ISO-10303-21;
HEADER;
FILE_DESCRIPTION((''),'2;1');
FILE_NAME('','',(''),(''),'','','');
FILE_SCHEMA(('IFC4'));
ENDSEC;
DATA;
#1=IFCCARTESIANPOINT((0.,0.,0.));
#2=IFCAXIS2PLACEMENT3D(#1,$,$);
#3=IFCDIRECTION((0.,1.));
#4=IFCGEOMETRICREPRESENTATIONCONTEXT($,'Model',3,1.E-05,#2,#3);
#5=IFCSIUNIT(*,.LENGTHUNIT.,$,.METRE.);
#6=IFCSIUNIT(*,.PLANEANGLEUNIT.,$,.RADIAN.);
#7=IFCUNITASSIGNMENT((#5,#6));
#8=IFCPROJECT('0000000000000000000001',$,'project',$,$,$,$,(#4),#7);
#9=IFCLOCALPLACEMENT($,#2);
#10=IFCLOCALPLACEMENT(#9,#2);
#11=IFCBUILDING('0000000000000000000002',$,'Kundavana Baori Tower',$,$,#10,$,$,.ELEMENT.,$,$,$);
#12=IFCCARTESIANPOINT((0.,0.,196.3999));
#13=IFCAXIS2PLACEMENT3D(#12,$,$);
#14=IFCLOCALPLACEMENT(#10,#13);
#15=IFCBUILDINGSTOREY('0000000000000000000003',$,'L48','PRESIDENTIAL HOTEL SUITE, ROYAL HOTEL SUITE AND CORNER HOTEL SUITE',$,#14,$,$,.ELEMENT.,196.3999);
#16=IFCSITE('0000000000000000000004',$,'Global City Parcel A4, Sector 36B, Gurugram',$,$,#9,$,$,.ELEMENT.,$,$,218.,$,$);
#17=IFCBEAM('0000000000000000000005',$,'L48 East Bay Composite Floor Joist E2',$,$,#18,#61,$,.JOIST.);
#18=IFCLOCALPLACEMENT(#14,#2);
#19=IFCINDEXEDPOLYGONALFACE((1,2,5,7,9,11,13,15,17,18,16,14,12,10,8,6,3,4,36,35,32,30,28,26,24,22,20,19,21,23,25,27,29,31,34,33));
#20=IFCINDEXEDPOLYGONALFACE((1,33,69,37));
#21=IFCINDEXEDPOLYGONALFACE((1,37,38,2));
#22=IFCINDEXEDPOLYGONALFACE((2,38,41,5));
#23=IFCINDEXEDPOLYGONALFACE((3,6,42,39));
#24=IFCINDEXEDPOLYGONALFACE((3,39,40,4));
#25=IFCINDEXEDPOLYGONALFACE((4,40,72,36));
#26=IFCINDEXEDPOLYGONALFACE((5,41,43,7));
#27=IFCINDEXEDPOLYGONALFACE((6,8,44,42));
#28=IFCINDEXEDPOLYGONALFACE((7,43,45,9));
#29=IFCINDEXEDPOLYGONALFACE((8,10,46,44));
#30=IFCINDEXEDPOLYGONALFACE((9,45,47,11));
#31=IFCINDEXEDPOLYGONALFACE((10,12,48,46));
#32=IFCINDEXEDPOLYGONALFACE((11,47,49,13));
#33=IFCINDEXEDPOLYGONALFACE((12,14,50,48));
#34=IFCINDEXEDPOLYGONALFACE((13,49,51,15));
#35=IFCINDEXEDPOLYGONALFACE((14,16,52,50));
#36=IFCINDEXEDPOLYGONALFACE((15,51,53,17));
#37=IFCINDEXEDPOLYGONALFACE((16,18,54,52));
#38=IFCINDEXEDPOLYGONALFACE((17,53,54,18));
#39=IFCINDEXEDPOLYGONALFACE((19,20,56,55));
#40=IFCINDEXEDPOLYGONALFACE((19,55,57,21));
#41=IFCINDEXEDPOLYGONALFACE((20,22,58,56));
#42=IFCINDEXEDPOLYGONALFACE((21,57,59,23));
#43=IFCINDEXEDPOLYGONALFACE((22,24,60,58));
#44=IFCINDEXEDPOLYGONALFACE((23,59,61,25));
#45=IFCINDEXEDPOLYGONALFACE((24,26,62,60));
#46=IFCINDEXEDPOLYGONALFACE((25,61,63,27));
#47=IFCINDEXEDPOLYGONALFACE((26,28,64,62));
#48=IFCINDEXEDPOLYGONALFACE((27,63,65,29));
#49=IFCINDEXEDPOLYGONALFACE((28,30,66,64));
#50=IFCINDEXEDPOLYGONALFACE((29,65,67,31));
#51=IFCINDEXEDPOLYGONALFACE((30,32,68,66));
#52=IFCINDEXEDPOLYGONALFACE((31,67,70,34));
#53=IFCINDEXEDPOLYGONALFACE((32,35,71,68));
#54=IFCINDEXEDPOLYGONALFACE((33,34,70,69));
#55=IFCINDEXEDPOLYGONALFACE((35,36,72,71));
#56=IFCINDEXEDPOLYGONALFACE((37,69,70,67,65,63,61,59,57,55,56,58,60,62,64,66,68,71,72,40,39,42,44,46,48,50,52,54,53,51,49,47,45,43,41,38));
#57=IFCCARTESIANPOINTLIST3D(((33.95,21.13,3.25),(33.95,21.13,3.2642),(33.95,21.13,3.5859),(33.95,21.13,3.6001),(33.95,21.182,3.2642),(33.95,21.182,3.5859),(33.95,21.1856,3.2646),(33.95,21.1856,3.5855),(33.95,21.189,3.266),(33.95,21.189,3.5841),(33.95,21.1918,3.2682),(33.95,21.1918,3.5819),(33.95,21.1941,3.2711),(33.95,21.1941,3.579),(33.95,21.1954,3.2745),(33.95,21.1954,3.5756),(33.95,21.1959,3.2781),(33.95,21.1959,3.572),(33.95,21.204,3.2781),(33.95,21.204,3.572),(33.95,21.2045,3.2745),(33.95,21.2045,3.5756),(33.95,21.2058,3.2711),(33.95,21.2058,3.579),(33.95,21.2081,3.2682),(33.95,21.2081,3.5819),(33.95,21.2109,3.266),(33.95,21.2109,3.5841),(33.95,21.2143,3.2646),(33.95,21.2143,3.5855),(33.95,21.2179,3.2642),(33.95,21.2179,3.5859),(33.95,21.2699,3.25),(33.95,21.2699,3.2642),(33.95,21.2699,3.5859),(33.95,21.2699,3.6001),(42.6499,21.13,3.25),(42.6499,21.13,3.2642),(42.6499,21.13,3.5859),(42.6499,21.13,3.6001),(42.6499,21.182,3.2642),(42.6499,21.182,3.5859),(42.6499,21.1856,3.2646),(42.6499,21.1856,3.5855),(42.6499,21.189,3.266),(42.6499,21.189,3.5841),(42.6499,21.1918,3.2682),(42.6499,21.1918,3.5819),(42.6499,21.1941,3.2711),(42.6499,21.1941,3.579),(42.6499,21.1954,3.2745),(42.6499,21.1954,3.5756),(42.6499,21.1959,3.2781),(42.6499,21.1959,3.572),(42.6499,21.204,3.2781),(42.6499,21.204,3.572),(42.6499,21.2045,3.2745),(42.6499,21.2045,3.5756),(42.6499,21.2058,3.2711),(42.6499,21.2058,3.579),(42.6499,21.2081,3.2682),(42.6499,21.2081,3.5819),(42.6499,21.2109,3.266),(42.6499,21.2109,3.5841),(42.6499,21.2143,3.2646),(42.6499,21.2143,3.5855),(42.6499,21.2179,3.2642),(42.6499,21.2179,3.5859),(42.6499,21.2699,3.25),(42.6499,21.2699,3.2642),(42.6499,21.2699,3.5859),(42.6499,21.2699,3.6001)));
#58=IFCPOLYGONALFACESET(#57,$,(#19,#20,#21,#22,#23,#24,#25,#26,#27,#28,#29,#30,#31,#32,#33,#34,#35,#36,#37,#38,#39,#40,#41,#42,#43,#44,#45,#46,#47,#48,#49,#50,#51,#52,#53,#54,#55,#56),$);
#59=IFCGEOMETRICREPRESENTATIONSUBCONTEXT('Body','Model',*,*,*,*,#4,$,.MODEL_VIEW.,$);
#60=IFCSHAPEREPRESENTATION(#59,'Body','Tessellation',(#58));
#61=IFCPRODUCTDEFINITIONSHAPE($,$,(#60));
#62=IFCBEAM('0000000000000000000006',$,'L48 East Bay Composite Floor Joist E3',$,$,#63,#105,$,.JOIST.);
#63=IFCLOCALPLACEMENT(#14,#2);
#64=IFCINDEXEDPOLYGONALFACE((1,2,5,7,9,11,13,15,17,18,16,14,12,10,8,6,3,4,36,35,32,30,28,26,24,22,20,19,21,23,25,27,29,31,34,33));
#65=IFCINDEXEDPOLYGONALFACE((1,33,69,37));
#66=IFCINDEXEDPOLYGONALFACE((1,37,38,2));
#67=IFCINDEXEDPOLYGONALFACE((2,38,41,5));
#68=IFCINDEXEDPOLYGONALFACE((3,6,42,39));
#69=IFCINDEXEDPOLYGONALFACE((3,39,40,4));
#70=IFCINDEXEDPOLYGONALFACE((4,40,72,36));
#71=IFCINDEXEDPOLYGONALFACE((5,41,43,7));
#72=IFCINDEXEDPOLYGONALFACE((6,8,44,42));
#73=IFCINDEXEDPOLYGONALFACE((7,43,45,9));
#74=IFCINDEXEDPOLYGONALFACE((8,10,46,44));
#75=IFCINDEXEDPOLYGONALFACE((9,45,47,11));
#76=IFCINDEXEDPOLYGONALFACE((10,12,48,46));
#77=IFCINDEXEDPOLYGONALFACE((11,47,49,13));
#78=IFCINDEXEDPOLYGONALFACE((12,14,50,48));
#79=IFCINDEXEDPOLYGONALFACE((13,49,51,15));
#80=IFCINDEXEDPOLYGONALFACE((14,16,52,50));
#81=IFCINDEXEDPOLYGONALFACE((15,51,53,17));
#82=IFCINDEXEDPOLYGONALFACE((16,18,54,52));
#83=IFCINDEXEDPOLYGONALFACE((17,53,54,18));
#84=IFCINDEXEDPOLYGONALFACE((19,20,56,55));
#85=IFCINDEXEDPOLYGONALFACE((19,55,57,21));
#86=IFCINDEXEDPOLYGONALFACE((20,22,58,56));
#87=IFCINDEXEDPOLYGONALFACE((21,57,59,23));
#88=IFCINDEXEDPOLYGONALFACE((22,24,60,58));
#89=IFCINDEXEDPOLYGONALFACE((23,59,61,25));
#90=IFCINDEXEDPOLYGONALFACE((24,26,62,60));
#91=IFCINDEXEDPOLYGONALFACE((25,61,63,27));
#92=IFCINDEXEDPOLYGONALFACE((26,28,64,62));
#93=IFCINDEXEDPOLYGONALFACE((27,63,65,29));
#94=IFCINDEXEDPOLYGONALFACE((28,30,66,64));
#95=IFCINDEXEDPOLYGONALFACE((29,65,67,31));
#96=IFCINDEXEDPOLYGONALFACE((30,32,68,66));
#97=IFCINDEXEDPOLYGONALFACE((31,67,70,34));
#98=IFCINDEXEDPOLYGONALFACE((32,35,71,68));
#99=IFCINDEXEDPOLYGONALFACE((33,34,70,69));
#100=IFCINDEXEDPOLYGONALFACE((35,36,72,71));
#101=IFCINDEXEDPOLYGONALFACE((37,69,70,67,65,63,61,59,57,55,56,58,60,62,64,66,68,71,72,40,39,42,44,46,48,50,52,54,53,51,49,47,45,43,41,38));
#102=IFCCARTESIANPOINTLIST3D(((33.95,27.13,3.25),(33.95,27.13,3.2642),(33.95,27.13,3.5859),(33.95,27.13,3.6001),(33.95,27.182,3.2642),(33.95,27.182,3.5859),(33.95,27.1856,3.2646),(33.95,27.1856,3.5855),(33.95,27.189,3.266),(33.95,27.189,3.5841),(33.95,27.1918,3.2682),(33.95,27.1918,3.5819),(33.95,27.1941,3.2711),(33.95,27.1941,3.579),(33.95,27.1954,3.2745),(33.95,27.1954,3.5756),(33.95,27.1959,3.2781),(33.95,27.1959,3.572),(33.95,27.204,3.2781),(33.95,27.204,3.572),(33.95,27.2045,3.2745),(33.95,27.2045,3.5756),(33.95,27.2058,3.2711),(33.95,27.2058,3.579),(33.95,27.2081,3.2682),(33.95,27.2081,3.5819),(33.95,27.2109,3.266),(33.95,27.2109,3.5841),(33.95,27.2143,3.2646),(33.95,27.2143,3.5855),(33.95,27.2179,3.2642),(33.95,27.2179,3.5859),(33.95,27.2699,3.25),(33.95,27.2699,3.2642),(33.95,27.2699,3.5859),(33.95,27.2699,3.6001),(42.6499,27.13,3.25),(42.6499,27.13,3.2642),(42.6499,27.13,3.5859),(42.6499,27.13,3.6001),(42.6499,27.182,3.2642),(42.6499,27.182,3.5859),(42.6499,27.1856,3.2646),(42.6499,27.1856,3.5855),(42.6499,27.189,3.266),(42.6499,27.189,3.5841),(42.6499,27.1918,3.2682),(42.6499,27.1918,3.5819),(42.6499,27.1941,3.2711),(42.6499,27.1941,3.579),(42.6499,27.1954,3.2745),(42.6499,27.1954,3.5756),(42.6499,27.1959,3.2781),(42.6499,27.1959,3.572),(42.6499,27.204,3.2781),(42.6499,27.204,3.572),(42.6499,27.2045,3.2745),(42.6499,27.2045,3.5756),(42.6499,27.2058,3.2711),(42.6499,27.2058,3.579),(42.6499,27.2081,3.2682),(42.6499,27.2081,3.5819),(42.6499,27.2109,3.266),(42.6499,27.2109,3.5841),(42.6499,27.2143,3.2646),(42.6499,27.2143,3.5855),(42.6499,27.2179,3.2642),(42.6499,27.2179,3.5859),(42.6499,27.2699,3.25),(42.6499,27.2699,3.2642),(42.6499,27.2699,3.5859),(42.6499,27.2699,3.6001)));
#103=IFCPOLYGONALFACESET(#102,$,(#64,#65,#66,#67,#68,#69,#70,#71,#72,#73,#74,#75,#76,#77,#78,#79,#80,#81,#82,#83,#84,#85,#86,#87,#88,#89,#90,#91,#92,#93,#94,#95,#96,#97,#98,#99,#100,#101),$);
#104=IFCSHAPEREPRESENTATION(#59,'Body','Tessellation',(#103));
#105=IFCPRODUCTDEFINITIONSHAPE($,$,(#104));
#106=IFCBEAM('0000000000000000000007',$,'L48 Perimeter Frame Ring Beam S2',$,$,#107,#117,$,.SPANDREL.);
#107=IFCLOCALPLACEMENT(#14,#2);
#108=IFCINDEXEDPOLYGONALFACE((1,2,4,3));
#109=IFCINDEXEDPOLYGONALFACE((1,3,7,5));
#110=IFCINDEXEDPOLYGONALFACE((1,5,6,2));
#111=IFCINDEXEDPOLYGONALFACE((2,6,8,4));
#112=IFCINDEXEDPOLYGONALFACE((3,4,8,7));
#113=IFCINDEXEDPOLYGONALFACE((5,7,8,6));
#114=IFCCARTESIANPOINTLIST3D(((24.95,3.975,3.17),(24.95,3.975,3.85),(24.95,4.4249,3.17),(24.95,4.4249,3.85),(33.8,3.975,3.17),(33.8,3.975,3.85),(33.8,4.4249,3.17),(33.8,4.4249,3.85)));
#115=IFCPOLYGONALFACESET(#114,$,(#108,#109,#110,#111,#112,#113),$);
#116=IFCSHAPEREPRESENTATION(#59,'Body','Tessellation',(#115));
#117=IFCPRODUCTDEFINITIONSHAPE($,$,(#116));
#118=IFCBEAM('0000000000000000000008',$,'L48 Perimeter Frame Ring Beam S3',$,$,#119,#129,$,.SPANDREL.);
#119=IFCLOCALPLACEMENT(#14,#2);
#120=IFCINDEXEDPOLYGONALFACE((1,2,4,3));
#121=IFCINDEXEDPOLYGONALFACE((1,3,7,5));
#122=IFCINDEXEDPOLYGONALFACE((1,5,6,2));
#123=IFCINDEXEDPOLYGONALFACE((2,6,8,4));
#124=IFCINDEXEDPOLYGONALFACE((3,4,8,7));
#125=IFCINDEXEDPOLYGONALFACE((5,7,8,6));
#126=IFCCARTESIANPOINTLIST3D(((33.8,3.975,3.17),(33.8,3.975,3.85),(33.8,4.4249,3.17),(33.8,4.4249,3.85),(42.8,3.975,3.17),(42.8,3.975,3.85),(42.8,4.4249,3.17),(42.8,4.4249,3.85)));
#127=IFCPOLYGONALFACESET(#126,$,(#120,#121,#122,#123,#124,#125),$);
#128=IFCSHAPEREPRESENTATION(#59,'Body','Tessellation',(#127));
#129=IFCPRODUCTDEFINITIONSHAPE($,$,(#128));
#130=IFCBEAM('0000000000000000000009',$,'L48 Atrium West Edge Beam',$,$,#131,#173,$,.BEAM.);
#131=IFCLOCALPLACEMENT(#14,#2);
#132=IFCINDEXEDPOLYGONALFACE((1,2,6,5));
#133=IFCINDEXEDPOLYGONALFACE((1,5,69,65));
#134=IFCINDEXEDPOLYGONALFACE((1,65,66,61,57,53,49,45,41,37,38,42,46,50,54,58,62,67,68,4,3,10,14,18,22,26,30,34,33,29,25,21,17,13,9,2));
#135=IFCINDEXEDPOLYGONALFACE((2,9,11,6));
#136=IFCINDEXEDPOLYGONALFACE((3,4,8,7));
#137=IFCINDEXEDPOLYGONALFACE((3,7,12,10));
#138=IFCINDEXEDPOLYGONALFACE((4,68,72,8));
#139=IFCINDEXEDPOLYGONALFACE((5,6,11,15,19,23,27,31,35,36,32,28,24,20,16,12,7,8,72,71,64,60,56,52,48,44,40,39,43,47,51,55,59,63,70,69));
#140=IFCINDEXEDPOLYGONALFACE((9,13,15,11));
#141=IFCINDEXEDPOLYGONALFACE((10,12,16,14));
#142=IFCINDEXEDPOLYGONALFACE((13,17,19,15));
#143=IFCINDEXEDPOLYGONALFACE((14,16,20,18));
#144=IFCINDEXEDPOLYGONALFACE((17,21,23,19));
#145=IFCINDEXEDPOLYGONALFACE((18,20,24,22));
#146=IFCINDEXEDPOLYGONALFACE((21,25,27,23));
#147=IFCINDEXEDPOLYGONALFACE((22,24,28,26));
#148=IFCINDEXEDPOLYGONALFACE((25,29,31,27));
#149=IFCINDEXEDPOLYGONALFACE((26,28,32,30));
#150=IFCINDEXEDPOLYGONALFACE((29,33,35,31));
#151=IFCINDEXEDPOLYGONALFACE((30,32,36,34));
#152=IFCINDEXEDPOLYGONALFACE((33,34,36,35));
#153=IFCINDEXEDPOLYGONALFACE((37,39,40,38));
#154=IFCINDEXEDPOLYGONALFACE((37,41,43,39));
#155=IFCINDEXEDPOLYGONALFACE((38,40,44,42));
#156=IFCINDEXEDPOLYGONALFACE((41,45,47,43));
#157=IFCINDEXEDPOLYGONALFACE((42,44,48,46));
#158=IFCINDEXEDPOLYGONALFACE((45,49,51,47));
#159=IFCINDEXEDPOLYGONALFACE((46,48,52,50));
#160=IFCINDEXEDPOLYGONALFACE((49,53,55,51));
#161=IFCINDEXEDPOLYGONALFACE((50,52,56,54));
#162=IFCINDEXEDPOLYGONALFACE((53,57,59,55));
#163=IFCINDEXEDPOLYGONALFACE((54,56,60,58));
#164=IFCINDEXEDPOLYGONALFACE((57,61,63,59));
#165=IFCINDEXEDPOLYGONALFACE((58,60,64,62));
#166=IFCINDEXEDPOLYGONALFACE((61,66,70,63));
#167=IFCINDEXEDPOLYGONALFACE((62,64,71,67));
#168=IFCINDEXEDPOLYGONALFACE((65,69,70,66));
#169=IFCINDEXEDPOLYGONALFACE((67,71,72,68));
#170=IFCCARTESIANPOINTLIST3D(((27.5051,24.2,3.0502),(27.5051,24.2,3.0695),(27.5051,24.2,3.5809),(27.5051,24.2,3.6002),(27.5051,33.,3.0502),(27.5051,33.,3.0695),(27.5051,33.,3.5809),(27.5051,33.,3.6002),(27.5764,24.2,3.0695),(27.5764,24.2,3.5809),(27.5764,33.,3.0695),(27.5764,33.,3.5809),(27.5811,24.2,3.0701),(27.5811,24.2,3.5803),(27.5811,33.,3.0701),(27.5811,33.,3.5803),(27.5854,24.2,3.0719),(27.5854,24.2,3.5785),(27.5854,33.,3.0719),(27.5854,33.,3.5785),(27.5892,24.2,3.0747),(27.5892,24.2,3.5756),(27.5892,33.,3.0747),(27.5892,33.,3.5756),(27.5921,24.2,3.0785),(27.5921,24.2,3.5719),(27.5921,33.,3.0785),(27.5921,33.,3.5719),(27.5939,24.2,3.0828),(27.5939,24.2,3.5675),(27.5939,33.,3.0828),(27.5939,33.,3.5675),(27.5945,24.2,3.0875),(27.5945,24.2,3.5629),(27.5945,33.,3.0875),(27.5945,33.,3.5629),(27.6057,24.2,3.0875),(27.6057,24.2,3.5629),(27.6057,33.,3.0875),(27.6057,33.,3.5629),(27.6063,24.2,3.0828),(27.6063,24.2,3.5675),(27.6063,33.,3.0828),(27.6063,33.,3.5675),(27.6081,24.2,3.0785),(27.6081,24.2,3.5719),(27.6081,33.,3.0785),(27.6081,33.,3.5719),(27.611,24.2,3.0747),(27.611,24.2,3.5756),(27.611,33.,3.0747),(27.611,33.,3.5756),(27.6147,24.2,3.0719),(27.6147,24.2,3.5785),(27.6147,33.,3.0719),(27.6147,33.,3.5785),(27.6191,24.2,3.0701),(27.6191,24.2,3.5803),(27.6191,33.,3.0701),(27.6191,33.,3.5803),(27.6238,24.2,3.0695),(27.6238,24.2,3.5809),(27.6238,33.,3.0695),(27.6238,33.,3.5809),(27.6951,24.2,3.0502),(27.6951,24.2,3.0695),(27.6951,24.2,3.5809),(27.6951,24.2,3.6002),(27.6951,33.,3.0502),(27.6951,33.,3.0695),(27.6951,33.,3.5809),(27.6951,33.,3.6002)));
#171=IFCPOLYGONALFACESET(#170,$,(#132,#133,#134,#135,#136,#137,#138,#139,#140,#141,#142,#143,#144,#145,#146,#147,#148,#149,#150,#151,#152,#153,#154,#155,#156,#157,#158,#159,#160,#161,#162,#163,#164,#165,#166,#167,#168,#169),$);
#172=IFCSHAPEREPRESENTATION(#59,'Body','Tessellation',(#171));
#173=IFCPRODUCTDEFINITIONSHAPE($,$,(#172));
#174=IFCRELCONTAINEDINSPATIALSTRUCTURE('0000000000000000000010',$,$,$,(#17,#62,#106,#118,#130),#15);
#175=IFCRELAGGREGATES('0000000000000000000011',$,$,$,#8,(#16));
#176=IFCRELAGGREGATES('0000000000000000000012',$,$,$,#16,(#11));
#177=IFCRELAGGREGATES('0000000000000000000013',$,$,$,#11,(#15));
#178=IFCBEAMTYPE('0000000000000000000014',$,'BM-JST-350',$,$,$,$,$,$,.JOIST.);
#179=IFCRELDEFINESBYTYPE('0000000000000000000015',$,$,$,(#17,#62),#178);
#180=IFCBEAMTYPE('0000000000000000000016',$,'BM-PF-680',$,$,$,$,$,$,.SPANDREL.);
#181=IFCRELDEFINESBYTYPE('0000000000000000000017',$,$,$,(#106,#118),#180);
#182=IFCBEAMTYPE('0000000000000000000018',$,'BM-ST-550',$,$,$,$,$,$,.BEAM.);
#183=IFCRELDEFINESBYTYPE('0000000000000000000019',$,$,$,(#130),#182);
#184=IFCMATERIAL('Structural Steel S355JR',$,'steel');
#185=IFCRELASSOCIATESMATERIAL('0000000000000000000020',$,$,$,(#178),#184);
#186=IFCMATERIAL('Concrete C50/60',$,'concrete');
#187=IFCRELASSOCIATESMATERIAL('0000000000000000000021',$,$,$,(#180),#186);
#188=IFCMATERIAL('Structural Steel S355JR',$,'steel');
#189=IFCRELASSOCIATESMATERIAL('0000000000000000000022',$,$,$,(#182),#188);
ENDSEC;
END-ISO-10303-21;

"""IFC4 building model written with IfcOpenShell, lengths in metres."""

from ifc_helpers import new_model, si_unit, direction, frame, origin, origin_2d, place, context, subcontext, project, spatial, rectangle, i_section, extrude, material, material_profile, profile_set, type_object, element, save


model = new_model("IFC4")

# Units and contexts
model_context = context("Model", 3, precision=1e-05, world=origin(), true_north=direction((0.0, 1.0)))
body_context = subcontext(model_context, "Body", "Model", "MODEL_VIEW")
ifc_project = project(units=[si_unit("LENGTHUNIT", "METRE"), si_unit("PLANEANGLEUNIT", "RADIAN")], contexts=[model_context])

# Site, building, storey
site_placement = place(None, origin())
site = spatial("IfcSite", under=ifc_project, at=site_placement, Name="Global City Parcel A4, Sector 36B, Gurugram", CompositionType="ELEMENT", RefElevation=218.0)
building_placement = place(site_placement, origin())
building = spatial("IfcBuilding", under=site, at=building_placement, Name="Kundavana Baori Tower", CompositionType="ELEMENT")
storey_placement = place(building_placement, frame((0.0, 0.0, 196.3999)))
storey = spatial("IfcBuildingStorey", under=building, at=storey_placement, Name="L48", Description="PRESIDENTIAL HOTEL SUITE, ROYAL HOTEL SUITE AND CORNER HOTEL SUITE", CompositionType="ELEMENT", Elevation=196.3999)

# Beams
ifc_material_1 = material(Name="Structural Steel S355JR", Category="steel")
ifc_material_profile_1 = material_profile(ifc_material_1, i_section(OverallWidth=0.1399, OverallDepth=0.3501, WebThickness=0.0081, FlangeThickness=0.0142, FilletRadius=0.0139, at=origin_2d()), Name="ISMB 350")
ifc_profile_set_1 = profile_set([ifc_material_profile_1], Name="Structural Steel S355JR")
beam_type_1 = type_object("IfcBeamType", Name="BM-JST-350", PredefinedType="JOIST", material=ifc_profile_set_1)
for number, where, z_axis, x_axis, name in (
    (1, (33.95, 21.2, 3.425), (1.0, 0.0, 0.0), (0.0, 1.0, 0.0), "L48 East Bay Composite Floor Joist E2"),
    (2, (33.95, 27.2, 3.425), (1.0, 0.0, 0.0), (0.0, 1.0, 0.0), "L48 East Bay Composite Floor Joist E3"),
):
    element("IfcBeam", number, at=place(storey_placement, frame(where, z_axis=z_axis, x_axis=x_axis)), inside=storey, type_object=beam_type_1, Name=name, PredefinedType="JOIST", context=body_context, shape_type="SweptSolid", body=[
        extrude(i_section(OverallWidth=0.1399, OverallDepth=0.3501, WebThickness=0.0081, FlangeThickness=0.0142, FilletRadius=0.0139, at=origin_2d()), origin(), (0.0, 0.0, 1.0), 8.7),
    ])
ifc_material_2 = material(Name="Concrete C50/60", Category="concrete")
ifc_material_profile_2 = material_profile(ifc_material_2, rectangle(XDim=0.45, YDim=0.6799, at=origin_2d()), Name="RC BM 450x680")
ifc_profile_set_2 = profile_set([ifc_material_profile_2], Name="Concrete C50/60")
beam_type_2 = type_object("IfcBeamType", Name="BM-PF-680", PredefinedType="SPANDREL", material=ifc_profile_set_2)
beam_1_placement = place(storey_placement, frame((24.95, 4.2, 3.51), z_axis=(1.0, 0.0, 0.0), x_axis=(0.0, 1.0, 0.0)))
element("IfcBeam", 3, at=beam_1_placement, inside=storey, type_object=beam_type_2, Name="L48 Perimeter Frame Ring Beam S2", PredefinedType="SPANDREL", context=body_context, shape_type="SweptSolid", body=[
    extrude(rectangle(XDim=0.45, YDim=0.6799, at=origin_2d()), origin(), (0.0, 0.0, 1.0), 8.8501),
])
beam_2_placement = place(storey_placement, frame((33.8, 4.2, 3.51), z_axis=(1.0, 0.0, 0.0), x_axis=(0.0, 1.0, 0.0)))
element("IfcBeam", 4, at=beam_2_placement, inside=storey, type_object=beam_type_2, Name="L48 Perimeter Frame Ring Beam S3", PredefinedType="SPANDREL", context=body_context, shape_type="SweptSolid", body=[
    extrude(rectangle(XDim=0.45, YDim=0.6799, at=origin_2d()), origin(), (0.0, 0.0, 1.0), 9.0),
])
ifc_material_3 = material(Name="Structural Steel S355JR", Category="steel")
ifc_material_profile_3 = material_profile(ifc_material_3, i_section(OverallWidth=0.1899, OverallDepth=0.55, WebThickness=0.0112, FlangeThickness=0.0193, FilletRadius=0.0181, at=origin_2d()), Name="ISMB 550")
ifc_profile_set_3 = profile_set([ifc_material_profile_3], Name="Structural Steel S355JR")
beam_type_3 = type_object("IfcBeamType", Name="BM-ST-550", PredefinedType="BEAM", material=ifc_profile_set_3)
for number, where, z_axis, x_axis, name in (
    (5, (27.6001, 24.2, 3.3252), (0.0, 1.0, 0.0), (-1.0, 0.0, 0.0), "L48 Atrium West Edge Beam"),
):
    element("IfcBeam", number, at=place(storey_placement, frame(where, z_axis=z_axis, x_axis=x_axis)), inside=storey, type_object=beam_type_3, Name=name, PredefinedType="BEAM", context=body_context, shape_type="SweptSolid", body=[
        extrude(i_section(OverallWidth=0.1899, OverallDepth=0.55, WebThickness=0.0112, FlangeThickness=0.0193, FilletRadius=0.0181, at=origin_2d()), origin(), (0.0, 0.0, 1.0), 8.8),
    ])

save(model, "model.ifc")
